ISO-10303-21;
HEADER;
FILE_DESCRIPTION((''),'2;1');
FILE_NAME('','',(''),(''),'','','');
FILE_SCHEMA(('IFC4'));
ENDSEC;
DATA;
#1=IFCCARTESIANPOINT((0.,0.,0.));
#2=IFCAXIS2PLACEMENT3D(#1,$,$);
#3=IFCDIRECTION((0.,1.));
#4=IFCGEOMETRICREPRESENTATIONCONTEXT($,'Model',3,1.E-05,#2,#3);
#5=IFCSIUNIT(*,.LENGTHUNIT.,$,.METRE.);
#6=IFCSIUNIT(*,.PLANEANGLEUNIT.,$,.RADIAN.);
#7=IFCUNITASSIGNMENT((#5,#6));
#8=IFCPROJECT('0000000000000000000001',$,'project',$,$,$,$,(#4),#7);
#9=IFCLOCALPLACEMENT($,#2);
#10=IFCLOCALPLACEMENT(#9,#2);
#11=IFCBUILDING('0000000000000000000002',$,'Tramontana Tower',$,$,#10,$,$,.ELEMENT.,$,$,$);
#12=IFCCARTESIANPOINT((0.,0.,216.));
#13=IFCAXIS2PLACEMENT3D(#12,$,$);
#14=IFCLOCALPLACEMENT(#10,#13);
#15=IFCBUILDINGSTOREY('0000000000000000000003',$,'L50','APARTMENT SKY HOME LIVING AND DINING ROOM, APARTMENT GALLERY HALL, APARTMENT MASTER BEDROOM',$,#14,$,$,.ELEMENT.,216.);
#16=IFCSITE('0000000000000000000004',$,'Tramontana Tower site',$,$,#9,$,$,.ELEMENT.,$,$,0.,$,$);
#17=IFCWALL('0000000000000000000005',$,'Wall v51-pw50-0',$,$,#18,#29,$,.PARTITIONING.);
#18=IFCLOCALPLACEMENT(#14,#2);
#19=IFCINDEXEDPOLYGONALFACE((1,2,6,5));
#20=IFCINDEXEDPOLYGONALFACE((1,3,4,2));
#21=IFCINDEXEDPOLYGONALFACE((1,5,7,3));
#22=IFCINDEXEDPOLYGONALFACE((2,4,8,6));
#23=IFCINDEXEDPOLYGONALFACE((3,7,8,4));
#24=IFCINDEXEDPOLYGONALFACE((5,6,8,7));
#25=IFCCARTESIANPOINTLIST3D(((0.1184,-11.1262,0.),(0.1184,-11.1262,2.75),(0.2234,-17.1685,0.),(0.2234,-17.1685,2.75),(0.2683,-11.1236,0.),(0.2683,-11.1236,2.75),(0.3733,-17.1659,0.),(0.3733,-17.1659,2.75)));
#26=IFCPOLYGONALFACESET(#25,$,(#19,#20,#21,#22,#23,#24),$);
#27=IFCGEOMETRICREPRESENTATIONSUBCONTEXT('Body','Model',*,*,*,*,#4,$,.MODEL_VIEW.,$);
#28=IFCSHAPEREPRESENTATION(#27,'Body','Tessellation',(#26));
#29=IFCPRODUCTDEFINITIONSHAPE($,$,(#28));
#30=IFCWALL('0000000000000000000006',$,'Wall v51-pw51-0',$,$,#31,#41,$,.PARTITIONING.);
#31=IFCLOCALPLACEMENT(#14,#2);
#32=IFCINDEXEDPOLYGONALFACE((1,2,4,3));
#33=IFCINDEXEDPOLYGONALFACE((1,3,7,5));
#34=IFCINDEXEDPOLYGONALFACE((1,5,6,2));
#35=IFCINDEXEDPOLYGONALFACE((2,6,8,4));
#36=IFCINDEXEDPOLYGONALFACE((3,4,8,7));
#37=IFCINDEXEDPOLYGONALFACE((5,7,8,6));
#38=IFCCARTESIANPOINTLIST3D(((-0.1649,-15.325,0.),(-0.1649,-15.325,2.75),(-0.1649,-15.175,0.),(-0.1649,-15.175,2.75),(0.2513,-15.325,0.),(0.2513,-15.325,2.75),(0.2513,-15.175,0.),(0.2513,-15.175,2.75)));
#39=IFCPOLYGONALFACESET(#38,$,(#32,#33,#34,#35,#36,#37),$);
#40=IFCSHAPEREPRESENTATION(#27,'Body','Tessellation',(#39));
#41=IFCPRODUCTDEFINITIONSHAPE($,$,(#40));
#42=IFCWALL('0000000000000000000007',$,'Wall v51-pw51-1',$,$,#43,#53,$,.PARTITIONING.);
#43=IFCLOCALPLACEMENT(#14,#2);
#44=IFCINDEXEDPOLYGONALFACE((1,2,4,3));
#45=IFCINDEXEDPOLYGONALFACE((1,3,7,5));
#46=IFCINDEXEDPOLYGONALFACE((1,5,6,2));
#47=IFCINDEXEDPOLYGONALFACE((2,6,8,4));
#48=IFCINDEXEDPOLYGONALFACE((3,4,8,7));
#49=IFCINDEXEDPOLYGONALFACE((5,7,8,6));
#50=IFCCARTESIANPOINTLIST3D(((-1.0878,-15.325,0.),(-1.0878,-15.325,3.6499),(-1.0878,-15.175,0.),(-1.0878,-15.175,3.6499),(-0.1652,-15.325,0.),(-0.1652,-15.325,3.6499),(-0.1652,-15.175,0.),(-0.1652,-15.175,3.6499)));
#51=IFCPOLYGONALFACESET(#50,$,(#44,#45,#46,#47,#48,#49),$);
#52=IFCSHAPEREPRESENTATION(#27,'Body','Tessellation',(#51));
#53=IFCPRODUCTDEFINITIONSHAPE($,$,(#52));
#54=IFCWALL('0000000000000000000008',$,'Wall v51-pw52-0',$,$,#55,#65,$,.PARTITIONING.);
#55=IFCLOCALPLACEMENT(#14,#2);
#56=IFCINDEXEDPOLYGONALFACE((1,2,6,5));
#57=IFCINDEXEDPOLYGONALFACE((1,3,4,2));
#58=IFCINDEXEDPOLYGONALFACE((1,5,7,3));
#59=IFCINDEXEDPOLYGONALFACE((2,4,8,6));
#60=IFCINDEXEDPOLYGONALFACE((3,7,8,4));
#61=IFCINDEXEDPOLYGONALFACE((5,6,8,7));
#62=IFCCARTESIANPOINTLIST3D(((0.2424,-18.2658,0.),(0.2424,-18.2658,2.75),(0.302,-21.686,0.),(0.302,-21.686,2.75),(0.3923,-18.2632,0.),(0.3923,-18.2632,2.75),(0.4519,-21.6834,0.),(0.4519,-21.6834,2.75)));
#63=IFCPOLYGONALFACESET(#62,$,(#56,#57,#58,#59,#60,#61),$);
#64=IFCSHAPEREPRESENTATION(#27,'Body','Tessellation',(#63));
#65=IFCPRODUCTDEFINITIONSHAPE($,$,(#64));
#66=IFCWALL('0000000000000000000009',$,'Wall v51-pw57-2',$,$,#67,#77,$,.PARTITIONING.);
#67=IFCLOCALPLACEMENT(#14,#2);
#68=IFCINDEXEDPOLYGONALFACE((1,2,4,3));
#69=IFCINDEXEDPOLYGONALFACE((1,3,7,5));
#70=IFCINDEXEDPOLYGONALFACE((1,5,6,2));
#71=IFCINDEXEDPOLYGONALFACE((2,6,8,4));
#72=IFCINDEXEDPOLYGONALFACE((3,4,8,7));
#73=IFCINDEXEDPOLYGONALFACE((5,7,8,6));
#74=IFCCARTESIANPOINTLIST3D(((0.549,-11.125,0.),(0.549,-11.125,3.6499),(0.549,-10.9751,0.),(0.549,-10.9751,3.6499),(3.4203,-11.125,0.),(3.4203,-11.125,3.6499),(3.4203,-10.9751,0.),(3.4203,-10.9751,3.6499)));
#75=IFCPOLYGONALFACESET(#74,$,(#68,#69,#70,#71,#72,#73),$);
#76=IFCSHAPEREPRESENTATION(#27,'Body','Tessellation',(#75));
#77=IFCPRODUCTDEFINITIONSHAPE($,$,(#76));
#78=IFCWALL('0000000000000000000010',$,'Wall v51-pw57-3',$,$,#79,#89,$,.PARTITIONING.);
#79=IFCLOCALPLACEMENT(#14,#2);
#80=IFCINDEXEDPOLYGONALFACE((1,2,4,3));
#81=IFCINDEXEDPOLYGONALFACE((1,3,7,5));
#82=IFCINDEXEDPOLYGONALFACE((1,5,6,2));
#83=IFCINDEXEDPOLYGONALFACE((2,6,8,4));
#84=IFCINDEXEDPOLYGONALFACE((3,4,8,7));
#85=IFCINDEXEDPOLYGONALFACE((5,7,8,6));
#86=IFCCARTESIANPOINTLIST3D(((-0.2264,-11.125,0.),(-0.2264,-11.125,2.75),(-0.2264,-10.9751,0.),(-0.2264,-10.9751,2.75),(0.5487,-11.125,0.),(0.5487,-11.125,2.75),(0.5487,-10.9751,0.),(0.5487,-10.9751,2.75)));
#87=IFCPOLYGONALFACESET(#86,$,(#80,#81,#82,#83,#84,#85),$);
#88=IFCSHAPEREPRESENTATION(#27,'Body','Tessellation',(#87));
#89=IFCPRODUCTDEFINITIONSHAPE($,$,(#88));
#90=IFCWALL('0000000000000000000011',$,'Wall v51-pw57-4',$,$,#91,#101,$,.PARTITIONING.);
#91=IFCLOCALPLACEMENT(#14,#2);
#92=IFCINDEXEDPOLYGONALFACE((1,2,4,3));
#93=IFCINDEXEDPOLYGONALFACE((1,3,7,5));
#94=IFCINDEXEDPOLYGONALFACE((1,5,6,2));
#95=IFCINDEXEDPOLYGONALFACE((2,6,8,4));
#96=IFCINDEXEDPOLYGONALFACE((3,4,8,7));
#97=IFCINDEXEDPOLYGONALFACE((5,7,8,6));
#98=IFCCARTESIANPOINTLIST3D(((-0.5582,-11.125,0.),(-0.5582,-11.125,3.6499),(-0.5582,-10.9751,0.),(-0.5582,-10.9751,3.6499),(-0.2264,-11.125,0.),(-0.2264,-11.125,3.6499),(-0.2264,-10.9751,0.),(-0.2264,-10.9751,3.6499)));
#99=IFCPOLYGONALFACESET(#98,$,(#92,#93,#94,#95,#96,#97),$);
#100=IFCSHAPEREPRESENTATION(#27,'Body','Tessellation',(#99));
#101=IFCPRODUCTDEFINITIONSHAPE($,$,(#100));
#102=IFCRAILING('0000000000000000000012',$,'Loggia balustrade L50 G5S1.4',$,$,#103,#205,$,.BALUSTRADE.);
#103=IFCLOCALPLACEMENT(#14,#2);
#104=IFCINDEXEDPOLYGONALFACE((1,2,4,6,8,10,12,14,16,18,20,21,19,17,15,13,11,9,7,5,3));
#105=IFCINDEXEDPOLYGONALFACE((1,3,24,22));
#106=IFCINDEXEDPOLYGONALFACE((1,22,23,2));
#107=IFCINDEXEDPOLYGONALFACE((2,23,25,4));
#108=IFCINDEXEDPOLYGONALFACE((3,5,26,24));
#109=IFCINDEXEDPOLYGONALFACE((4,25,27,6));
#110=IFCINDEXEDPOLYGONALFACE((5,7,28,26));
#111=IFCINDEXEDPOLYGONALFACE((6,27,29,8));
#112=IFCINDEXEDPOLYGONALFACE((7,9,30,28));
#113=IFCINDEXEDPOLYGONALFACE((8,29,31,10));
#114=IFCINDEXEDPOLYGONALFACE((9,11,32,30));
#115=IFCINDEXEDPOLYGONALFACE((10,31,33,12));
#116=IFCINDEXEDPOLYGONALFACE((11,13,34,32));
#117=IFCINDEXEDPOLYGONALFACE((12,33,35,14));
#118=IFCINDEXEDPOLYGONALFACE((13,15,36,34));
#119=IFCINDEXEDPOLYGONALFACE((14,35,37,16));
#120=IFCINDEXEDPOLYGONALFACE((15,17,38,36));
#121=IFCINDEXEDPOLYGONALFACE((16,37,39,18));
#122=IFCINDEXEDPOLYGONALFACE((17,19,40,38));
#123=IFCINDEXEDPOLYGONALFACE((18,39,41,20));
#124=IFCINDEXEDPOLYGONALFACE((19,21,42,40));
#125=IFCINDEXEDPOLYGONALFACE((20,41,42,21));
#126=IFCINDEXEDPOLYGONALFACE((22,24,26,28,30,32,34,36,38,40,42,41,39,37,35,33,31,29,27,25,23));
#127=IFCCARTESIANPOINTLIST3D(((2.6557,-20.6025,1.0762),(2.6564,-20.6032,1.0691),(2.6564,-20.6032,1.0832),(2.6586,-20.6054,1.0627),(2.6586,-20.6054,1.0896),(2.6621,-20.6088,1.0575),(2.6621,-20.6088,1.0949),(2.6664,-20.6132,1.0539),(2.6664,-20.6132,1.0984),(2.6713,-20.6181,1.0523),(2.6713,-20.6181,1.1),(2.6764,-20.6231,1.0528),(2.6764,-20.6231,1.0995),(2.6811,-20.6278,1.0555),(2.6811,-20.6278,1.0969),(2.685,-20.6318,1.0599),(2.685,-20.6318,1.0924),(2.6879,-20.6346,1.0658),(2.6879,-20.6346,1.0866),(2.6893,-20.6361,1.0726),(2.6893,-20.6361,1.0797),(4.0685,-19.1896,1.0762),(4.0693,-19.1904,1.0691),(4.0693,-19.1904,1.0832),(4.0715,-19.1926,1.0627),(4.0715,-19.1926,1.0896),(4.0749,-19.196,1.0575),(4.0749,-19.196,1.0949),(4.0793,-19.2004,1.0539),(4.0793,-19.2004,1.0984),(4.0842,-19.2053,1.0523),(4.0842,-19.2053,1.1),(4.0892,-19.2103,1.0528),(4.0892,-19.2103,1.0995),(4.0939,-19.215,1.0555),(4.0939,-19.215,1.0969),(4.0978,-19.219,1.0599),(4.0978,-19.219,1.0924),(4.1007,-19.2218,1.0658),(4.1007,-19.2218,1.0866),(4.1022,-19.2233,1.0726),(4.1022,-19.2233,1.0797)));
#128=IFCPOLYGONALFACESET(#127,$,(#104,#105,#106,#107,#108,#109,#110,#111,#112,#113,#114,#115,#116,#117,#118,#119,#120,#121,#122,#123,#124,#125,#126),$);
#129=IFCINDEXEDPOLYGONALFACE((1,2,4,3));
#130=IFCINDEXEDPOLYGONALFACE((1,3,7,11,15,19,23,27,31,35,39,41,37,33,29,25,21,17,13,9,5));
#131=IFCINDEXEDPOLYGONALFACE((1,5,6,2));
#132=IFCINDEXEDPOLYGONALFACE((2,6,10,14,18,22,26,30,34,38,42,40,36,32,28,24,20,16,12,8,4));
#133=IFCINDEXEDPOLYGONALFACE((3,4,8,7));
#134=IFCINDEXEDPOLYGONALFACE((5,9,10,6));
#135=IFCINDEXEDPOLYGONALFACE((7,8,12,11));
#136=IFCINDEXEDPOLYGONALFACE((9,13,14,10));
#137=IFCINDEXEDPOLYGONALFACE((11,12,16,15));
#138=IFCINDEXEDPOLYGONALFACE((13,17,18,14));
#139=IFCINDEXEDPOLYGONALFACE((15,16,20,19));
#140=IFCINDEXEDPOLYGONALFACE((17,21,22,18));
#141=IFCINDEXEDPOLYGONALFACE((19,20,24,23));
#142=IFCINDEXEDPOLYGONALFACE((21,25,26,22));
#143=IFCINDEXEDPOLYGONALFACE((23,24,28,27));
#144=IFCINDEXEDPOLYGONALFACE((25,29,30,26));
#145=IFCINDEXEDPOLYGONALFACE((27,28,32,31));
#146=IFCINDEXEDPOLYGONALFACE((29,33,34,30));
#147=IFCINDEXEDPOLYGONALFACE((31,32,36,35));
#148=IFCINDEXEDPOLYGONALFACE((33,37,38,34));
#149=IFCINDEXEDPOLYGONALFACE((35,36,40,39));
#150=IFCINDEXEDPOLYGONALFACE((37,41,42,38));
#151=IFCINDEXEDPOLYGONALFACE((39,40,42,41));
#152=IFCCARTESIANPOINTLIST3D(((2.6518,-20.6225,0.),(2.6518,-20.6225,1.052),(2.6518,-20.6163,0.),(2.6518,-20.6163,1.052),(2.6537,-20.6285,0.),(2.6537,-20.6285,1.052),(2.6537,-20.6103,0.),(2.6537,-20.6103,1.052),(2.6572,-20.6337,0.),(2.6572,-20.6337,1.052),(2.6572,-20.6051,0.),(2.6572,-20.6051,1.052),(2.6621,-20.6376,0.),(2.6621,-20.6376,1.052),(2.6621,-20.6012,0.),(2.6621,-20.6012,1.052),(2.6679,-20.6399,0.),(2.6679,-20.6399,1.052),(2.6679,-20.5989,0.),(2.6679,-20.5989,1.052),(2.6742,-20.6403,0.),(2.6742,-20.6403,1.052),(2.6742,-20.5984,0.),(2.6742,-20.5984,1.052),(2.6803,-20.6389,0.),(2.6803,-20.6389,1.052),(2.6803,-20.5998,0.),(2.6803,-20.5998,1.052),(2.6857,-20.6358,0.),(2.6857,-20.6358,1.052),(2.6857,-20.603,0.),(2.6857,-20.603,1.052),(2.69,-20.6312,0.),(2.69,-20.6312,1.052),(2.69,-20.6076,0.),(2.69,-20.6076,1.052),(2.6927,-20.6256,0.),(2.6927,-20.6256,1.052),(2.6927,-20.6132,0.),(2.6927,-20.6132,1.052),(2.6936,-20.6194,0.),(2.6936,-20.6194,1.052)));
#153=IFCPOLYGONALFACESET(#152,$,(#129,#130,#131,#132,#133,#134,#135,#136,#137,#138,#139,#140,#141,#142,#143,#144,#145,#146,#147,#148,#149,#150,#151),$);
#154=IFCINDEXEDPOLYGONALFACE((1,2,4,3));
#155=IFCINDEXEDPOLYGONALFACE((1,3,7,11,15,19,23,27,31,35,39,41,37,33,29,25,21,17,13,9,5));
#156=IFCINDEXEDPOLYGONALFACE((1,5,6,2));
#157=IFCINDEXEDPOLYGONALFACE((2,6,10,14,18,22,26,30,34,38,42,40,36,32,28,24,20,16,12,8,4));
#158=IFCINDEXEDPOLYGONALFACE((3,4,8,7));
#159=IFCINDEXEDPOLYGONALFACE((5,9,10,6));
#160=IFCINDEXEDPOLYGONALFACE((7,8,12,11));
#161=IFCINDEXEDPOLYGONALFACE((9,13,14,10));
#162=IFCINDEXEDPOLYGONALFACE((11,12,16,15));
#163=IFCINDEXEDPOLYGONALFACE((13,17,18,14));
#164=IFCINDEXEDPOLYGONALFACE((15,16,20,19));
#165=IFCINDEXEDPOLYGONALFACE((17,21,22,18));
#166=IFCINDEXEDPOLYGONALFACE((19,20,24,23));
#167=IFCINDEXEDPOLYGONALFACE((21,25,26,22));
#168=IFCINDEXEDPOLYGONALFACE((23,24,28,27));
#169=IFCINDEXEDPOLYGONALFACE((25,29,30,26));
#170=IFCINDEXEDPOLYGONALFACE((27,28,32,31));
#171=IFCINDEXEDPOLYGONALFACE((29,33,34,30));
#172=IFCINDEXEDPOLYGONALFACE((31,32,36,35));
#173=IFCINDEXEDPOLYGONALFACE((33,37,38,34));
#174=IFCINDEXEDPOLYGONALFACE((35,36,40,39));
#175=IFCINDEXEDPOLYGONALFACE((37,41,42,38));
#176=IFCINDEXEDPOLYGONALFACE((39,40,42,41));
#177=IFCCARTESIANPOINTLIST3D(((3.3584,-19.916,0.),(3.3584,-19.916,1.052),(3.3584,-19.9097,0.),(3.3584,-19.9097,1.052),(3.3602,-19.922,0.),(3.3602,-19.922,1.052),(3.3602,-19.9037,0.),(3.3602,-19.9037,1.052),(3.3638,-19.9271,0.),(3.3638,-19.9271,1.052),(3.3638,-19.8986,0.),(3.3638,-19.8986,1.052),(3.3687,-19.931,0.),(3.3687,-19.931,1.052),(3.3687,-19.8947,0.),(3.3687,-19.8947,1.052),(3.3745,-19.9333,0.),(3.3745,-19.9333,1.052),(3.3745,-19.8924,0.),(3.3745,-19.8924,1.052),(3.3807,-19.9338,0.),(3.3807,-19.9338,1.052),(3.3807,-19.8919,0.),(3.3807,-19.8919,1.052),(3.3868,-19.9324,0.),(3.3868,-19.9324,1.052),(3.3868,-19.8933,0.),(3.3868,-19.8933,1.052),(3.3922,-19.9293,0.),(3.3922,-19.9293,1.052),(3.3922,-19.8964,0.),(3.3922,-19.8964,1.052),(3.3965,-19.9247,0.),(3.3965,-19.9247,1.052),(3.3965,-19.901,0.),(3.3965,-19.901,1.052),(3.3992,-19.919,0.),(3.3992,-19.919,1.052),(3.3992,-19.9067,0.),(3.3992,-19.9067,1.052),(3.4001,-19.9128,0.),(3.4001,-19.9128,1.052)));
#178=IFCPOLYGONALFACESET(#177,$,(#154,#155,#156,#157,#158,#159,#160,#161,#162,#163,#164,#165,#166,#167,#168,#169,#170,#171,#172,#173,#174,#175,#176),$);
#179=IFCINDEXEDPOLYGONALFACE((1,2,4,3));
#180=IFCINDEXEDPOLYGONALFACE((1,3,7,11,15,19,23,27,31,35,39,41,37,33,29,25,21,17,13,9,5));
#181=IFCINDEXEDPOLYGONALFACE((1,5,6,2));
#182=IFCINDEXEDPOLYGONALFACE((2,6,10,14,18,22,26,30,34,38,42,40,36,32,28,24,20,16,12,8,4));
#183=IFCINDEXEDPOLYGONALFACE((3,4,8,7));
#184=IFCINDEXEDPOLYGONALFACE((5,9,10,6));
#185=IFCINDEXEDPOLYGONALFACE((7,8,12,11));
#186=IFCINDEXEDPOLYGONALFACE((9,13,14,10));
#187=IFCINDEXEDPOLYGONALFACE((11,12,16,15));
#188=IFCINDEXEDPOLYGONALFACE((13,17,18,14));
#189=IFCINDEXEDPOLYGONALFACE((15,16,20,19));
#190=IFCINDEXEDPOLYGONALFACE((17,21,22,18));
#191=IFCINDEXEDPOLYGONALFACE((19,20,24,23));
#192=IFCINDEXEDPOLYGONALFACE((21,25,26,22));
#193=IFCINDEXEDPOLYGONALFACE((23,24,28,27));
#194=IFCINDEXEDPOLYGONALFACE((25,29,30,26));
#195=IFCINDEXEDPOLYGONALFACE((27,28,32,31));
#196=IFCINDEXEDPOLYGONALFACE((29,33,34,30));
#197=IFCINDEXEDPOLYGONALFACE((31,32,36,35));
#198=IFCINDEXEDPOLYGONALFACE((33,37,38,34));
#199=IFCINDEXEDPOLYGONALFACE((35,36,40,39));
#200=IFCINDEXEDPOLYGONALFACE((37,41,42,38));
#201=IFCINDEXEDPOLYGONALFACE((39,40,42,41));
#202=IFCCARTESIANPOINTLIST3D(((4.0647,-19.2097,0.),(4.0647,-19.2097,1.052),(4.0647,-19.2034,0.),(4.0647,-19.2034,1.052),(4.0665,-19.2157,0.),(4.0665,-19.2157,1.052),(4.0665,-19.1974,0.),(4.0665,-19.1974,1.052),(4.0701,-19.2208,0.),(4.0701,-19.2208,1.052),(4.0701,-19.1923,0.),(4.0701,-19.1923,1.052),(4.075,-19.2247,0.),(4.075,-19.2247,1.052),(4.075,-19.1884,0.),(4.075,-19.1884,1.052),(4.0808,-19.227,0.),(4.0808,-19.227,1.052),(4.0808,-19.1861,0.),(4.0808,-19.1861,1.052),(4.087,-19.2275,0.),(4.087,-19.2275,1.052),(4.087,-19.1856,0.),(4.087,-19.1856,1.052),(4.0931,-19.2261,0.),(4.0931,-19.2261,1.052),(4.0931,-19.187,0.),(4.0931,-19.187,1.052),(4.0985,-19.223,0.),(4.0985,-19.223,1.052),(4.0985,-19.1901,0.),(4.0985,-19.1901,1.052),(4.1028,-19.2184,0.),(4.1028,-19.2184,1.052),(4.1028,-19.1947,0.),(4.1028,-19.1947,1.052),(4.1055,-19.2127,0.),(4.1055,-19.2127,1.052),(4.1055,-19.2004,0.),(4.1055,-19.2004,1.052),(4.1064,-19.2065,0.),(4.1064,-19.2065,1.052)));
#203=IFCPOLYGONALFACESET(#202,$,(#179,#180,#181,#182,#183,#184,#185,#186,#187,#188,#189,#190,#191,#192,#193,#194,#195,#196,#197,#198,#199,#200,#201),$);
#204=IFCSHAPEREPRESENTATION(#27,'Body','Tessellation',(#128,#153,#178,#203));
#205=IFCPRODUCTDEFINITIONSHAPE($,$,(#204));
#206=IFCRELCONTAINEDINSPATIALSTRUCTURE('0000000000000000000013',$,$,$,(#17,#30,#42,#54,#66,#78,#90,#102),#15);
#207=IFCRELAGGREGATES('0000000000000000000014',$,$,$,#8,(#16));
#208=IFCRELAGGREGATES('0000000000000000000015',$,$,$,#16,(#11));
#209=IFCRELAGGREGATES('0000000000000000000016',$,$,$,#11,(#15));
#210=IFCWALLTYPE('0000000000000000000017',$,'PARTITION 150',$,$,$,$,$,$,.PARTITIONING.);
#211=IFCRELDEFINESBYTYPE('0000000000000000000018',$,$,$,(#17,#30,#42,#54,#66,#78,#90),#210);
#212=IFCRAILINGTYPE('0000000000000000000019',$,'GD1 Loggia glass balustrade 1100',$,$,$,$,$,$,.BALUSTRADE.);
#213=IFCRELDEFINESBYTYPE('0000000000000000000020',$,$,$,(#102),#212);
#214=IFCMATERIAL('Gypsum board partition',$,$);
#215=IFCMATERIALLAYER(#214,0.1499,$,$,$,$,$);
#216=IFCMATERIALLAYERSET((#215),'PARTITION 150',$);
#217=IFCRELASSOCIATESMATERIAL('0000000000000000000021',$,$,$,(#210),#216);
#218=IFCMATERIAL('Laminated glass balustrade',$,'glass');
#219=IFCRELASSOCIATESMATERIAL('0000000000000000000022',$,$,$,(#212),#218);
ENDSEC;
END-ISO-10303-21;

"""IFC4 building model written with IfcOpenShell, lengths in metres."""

from ifc_helpers import new_model, si_unit, direction, frame, frame_2d, origin, origin_2d, place, context, subcontext, project, spatial, rectangle, circle, extrude, material, layer, layer_set, type_object, element, save


model = new_model("IFC4")

# Units and contexts
model_context = context("Model", 3, precision=1e-05, world=origin(), true_north=direction((0.0, 1.0)))
body_context = subcontext(model_context, "Body", "Model", "MODEL_VIEW")
ifc_project = project(units=[si_unit("LENGTHUNIT", "METRE"), si_unit("PLANEANGLEUNIT", "RADIAN")], contexts=[model_context])

# Site, building, storey
site_placement = place(None, origin())
site = spatial("IfcSite", under=ifc_project, at=site_placement, Name="Tramontana Tower site", CompositionType="ELEMENT", RefElevation=0.0)
building_placement = place(site_placement, origin())
building = spatial("IfcBuilding", under=site, at=building_placement, Name="Tramontana Tower", CompositionType="ELEMENT")
storey_placement = place(building_placement, frame((0.0, 0.0, 216.0)))
storey = spatial("IfcBuildingStorey", under=building, at=storey_placement, Name="L50", Description="APARTMENT SKY HOME LIVING AND DINING ROOM, APARTMENT GALLERY HALL, APARTMENT MASTER BEDROOM", CompositionType="ELEMENT", Elevation=216.0)

# Shared definitions
ifc_material_1 = material(Name="Gypsum board partition")
ifc_layer_1 = layer(ifc_material_1, 0.1499)
ifc_layer_set_1 = layer_set([ifc_layer_1], Name="PARTITION 150")
wall_type_1 = type_object("IfcWallType", Name="PARTITION 150", PredefinedType="PARTITIONING", material=ifc_layer_set_1)

# Walls
wall_1_placement = place(storey_placement, frame((0.1934, -11.125, 0.0), z_axis=(0.0, 0.0, 1.0), x_axis=(0.017372, -0.999849, 0.0)))
element("IfcWall", 1, at=wall_1_placement, inside=storey, type_object=wall_type_1, Name="Wall v51-pw50-0", PredefinedType="PARTITIONING", context=body_context, shape_type="SweptSolid", body=[
    extrude(rectangle(XDim=6.0432, YDim=0.1499, at=frame_2d((3.0215, 0.0))), origin(), (0.0, 0.0, 1.0), 2.75),
])
wall_2_placement = place(storey_placement, frame((0.2512, -15.25, 0.0), z_axis=(0.0, 0.0, 1.0), x_axis=(-1.0, 0.0, 0.0)))
element("IfcWall", 2, at=wall_2_placement, inside=storey, type_object=wall_type_1, Name="Wall v51-pw51-0", PredefinedType="PARTITIONING", context=body_context, shape_type="SweptSolid", body=[
    extrude(rectangle(XDim=0.4163, YDim=0.1499, at=frame_2d((0.208, 0.0))), origin(), (0.0, 0.0, 1.0), 2.75),
])
wall_3_placement = place(storey_placement, frame((-0.165, -15.25, 0.0), z_axis=(0.0, 0.0, 1.0), x_axis=(-1.0, 0.0, 0.0)))
element("IfcWall", 3, at=wall_3_placement, inside=storey, type_object=wall_type_1, Name="Wall v51-pw51-1", PredefinedType="PARTITIONING", context=body_context, shape_type="SweptSolid", body=[
    extrude(rectangle(XDim=0.9226, YDim=0.1499, at=frame_2d((0.4614, 0.0))), origin(), (0.0, 0.0, 1.0), 3.6499),
])
wall_4_placement = place(storey_placement, frame((0.3174, -18.2644, 0.0), z_axis=(0.0, 0.0, 1.0), x_axis=(0.017415, -0.999848, 0.0)))
element("IfcWall", 4, at=wall_4_placement, inside=storey, type_object=wall_type_1, Name="Wall v51-pw52-0", PredefinedType="PARTITIONING", context=body_context, shape_type="SweptSolid", body=[
    extrude(rectangle(XDim=3.4207, YDim=0.1499, at=frame_2d((1.7104, 0.0))), origin(), (0.0, 0.0, 1.0), 2.75),
])

# Walls
wall_5_placement = place(storey_placement, frame((3.4202, -11.05, 0.0), z_axis=(0.0, 0.0, 1.0), x_axis=(-1.0, 0.0, 0.0)))
element("IfcWall", 5, at=wall_5_placement, inside=storey, type_object=wall_type_1, Name="Wall v51-pw57-2", PredefinedType="PARTITIONING", context=body_context, shape_type="SweptSolid", body=[
    extrude(rectangle(XDim=2.8713, YDim=0.1499, at=frame_2d((1.4355, 0.0))), origin(), (0.0, 0.0, 1.0), 3.6499),
])
wall_6_placement = place(storey_placement, frame((0.5488, -11.05, 0.0), z_axis=(0.0, 0.0, 1.0), x_axis=(-1.0, 0.0, 0.0)))
element("IfcWall", 6, at=wall_6_placement, inside=storey, type_object=wall_type_1, Name="Wall v51-pw57-3", PredefinedType="PARTITIONING", context=body_context, shape_type="SweptSolid", body=[
    extrude(rectangle(XDim=0.7751, YDim=0.1499, at=frame_2d((0.3877, 0.0))), origin(), (0.0, 0.0, 1.0), 2.75),
])
wall_7_placement = place(storey_placement, frame((-0.2263, -11.05, 0.0), z_axis=(0.0, 0.0, 1.0), x_axis=(-1.0, 0.0, 0.0)))
element("IfcWall", 7, at=wall_7_placement, inside=storey, type_object=wall_type_1, Name="Wall v51-pw57-4", PredefinedType="PARTITIONING", context=body_context, shape_type="SweptSolid", body=[
    extrude(rectangle(XDim=0.3318, YDim=0.1499, at=frame_2d((0.166, 0.0))), origin(), (0.0, 0.0, 1.0), 3.6499),
])

# Railing
ifc_material_2 = material(Name="Laminated glass balustrade", Category="glass")
railing_type = type_object("IfcRailingType", Name="GD1 Loggia glass balustrade 1100", PredefinedType="BALUSTRADE", material=ifc_material_2)
railing_placement = place(storey_placement, frame((2.6726, -20.6194, 0.0)))
element("IfcRailing", 8, at=railing_placement, inside=storey, type_object=railing_type, Name="Loggia balustrade L50 G5S1.4", PredefinedType="BALUSTRADE", context=body_context, shape_type="SweptSolid", body=[
    extrude(circle(Radius=0.0239, at=origin_2d()), frame((0.0, 0.0, 1.0762), z_axis=(0.707107, 0.707107, 0.0), x_axis=(-0.707107, 0.707107, 0.0)), (0.0, 0.0, 1.0), 1.998),
    extrude(circle(Radius=0.021, at=origin_2d()), origin(), (0.0, 0.0, 1.0), 1.052),
    extrude(circle(Radius=0.021, at=origin_2d()), frame((0.7065, 0.7065, 0.0)), (0.0, 0.0, 1.0), 1.052),
    extrude(circle(Radius=0.021, at=origin_2d()), frame((1.4128, 1.4128, 0.0)), (0.0, 0.0, 1.0), 1.052),
])

save(model, "model.ifc")
